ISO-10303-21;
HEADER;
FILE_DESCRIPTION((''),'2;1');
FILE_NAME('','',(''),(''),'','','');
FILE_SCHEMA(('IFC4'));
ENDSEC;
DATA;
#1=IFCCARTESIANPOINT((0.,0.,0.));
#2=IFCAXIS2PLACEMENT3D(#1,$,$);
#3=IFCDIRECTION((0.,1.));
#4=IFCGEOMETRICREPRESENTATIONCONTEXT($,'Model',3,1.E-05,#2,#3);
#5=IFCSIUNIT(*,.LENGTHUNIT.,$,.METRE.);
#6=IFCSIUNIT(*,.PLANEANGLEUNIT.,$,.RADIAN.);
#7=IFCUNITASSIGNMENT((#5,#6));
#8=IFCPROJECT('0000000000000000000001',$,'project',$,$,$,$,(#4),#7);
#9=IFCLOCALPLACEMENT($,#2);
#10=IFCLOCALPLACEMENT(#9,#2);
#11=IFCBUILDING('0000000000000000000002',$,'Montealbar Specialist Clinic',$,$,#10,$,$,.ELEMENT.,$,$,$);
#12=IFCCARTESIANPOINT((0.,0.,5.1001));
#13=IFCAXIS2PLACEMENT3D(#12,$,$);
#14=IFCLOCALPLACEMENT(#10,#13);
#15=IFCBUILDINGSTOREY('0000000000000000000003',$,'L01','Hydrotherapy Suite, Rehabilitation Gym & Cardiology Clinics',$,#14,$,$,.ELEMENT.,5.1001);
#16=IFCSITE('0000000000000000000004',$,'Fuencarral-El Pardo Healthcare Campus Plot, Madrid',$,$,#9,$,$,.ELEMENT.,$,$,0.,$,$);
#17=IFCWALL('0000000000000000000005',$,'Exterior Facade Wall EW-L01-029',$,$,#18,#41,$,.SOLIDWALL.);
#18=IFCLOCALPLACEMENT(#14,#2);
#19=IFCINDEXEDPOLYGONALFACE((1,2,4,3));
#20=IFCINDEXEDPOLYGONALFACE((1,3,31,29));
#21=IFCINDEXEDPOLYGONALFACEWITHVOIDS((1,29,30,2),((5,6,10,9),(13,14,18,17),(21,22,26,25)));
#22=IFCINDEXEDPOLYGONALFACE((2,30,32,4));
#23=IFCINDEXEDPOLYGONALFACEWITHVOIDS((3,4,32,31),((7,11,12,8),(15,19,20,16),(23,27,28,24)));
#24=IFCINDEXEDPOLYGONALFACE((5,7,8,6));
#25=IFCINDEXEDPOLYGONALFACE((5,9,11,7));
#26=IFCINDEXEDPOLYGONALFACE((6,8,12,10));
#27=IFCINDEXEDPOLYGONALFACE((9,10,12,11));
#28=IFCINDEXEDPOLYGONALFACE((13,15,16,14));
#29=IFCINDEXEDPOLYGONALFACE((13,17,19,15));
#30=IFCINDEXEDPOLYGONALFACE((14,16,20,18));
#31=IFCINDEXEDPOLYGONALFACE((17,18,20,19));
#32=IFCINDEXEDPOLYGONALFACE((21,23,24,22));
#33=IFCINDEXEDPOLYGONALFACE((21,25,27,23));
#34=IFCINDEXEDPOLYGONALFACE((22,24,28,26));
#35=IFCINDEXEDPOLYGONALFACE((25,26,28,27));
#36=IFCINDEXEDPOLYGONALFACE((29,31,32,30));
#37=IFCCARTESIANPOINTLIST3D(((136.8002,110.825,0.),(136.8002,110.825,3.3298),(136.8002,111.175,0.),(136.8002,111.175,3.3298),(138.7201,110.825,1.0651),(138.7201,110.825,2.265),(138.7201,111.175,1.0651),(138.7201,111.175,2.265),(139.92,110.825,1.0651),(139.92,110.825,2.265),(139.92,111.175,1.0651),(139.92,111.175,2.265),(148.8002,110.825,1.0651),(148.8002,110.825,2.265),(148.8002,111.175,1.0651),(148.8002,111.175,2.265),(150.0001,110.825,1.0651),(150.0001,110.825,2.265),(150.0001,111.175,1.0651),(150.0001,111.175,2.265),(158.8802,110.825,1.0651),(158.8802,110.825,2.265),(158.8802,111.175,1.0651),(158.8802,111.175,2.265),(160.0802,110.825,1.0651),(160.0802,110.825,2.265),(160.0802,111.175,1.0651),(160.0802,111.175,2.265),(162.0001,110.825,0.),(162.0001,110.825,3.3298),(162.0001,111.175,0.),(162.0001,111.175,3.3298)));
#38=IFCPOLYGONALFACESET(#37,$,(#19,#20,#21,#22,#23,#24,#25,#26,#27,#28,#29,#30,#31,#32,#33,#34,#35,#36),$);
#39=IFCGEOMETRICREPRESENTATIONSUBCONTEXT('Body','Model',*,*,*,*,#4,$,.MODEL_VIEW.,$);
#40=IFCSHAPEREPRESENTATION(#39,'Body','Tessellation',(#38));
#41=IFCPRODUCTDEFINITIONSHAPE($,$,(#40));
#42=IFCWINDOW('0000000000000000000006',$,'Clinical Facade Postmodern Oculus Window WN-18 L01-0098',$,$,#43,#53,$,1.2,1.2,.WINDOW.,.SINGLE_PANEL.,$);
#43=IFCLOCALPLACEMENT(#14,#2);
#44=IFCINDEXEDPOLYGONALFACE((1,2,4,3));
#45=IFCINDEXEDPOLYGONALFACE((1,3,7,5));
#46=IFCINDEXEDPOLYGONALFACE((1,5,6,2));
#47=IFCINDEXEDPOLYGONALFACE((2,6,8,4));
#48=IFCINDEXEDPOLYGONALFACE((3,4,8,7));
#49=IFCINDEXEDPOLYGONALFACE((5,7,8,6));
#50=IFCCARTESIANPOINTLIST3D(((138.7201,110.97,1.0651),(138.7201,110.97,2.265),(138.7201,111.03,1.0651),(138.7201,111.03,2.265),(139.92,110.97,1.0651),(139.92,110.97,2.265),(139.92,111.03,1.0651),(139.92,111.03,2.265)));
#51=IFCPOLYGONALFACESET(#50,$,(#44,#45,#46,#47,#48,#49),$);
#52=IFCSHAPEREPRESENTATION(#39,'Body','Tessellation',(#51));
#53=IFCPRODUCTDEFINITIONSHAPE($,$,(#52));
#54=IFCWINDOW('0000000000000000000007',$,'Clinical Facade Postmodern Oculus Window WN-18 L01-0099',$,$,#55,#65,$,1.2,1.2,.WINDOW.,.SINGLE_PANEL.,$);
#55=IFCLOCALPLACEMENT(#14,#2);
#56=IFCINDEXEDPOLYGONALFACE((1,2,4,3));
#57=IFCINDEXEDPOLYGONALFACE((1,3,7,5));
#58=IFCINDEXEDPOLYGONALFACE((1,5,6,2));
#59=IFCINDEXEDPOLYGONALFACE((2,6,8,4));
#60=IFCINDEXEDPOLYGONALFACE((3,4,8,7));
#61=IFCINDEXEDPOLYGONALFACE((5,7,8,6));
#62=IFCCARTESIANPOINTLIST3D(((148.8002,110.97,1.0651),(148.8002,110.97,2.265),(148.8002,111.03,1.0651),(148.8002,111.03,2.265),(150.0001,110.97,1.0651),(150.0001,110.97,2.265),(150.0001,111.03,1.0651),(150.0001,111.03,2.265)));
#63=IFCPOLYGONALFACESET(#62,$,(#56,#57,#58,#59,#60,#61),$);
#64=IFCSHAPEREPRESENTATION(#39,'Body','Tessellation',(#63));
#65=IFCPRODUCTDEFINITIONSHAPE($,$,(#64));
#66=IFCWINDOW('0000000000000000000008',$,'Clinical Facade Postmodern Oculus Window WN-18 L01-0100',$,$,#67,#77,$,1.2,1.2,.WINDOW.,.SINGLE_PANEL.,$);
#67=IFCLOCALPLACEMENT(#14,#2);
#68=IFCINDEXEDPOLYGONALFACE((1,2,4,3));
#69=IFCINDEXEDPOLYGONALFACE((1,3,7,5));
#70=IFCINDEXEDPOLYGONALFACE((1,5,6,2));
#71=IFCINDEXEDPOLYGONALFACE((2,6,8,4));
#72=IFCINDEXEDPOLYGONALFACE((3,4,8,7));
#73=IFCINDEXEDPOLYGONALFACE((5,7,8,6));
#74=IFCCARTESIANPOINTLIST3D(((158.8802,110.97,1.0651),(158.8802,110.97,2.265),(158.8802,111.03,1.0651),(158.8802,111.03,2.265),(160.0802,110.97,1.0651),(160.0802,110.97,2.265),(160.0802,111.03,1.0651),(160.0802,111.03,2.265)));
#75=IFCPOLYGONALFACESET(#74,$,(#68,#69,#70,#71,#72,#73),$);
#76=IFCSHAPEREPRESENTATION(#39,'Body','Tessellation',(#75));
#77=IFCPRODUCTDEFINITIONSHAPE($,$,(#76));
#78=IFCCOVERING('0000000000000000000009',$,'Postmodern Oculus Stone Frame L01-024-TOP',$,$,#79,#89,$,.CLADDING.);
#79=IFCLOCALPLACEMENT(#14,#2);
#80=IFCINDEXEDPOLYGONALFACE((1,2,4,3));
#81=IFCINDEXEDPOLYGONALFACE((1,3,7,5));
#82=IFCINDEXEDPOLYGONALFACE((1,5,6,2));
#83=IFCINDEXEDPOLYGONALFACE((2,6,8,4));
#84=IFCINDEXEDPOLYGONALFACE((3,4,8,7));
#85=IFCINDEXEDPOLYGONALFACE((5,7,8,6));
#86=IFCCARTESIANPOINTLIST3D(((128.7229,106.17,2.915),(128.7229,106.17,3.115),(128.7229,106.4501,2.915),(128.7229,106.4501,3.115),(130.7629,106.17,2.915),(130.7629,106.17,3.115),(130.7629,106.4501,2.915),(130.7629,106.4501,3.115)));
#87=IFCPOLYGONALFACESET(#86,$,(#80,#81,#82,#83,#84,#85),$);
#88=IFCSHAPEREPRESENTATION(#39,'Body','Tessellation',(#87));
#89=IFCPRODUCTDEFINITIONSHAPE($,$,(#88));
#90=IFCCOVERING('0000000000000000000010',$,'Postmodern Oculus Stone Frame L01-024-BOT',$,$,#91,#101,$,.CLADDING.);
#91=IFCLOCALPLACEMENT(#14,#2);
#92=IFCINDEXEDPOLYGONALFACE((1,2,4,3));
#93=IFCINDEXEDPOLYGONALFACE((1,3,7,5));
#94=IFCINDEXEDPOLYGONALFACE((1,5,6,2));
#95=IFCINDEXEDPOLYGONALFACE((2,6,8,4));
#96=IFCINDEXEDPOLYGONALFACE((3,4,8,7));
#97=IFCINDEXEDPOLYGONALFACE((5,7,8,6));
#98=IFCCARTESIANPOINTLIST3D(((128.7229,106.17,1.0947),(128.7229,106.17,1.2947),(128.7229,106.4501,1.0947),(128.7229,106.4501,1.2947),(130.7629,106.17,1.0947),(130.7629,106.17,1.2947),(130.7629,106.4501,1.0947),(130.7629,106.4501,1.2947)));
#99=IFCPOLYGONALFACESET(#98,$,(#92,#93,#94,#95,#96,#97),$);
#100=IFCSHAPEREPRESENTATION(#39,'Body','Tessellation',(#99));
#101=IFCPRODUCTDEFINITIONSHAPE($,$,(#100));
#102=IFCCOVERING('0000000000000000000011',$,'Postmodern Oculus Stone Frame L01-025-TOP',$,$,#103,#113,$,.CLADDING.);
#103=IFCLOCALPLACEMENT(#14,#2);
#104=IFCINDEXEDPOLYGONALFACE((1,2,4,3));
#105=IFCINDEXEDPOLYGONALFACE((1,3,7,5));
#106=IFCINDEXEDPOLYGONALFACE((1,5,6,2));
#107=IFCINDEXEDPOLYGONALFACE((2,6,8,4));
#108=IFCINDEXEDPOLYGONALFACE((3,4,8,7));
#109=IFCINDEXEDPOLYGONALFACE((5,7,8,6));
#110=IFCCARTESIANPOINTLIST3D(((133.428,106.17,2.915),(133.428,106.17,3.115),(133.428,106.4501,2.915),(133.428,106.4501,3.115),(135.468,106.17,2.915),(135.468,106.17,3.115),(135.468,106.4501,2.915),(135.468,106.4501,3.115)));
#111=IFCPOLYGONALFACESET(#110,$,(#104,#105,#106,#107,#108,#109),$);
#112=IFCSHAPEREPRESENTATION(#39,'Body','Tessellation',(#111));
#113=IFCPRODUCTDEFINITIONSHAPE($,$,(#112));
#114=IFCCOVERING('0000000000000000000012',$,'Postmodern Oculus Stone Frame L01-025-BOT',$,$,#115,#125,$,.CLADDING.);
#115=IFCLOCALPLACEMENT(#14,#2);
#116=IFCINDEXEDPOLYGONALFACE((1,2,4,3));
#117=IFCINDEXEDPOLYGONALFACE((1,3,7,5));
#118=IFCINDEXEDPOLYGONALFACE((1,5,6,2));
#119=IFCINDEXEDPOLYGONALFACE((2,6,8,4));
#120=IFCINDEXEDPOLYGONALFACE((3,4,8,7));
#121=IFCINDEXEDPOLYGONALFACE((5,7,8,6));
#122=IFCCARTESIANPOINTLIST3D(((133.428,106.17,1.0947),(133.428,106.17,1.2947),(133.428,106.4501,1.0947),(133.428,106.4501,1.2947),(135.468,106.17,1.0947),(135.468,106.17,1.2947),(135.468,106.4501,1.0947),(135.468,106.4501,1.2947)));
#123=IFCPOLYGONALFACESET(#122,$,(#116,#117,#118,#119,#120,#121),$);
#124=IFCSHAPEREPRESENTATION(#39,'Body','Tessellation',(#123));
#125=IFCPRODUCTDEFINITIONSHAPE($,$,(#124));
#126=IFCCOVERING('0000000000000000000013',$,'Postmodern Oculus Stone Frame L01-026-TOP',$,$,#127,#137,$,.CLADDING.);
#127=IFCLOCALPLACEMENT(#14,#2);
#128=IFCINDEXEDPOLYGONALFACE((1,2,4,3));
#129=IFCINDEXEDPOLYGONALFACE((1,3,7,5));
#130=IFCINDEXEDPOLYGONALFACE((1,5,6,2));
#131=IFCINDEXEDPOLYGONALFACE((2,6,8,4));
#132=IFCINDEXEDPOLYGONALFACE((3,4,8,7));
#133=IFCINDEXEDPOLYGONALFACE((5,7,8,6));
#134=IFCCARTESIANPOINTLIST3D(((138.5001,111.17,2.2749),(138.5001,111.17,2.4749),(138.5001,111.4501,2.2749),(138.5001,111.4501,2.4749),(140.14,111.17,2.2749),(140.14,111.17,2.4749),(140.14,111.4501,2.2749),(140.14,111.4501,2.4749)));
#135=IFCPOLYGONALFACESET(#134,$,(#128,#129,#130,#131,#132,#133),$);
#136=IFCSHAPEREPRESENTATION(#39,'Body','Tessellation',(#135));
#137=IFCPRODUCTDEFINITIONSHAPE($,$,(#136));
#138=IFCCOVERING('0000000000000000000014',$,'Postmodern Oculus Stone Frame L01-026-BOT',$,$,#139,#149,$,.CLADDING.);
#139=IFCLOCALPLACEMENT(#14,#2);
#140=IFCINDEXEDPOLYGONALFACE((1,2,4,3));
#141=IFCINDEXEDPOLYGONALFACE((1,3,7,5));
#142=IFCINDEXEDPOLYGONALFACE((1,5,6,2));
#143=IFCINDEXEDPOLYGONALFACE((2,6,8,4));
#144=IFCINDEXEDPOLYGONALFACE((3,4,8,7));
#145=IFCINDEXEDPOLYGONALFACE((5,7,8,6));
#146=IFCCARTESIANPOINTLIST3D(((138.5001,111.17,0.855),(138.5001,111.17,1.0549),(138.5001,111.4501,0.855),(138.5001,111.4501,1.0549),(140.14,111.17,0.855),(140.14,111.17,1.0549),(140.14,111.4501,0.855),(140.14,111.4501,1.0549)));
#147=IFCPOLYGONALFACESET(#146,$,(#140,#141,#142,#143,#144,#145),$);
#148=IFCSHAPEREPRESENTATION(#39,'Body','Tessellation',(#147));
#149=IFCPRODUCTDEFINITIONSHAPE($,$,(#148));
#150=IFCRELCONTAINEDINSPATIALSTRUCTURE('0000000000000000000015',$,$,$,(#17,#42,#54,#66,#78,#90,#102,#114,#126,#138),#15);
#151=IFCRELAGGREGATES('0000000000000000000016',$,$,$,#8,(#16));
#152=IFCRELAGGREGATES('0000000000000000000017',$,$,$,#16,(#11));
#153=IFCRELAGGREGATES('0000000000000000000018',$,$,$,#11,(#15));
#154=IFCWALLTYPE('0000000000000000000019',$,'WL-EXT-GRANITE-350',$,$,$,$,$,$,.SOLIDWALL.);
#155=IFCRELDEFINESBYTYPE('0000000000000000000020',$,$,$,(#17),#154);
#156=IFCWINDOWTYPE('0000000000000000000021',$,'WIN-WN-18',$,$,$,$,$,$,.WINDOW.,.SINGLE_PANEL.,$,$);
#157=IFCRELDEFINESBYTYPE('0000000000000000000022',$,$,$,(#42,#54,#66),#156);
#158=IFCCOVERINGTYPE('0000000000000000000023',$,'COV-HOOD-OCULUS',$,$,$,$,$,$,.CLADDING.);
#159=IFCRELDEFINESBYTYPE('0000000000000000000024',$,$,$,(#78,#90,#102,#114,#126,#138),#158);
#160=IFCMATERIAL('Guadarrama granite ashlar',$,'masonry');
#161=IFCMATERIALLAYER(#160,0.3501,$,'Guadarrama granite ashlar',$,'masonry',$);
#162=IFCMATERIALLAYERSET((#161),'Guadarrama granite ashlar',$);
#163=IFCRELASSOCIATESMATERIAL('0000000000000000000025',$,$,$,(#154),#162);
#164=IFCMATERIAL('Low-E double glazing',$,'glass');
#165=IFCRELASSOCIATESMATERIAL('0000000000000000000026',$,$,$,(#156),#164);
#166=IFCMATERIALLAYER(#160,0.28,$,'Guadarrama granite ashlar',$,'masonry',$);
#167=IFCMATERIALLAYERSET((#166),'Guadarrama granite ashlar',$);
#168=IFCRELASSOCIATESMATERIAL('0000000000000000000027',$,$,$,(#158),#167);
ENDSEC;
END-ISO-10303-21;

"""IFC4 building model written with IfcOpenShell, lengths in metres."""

from ifc_helpers import new_model, si_unit, direction, frame, frame_2d, origin, origin_2d, place, context, subcontext, project, spatial, rectangle, extrude, material, layer, layer_set, type_object, element, fill, save


model = new_model("IFC4")

# Units and contexts
model_context = context("Model", 3, precision=1e-05, world=origin(), true_north=direction((0.0, 1.0)))
body_context = subcontext(model_context, "Body", "Model", "MODEL_VIEW")
ifc_project = project(units=[si_unit("LENGTHUNIT", "METRE"), si_unit("PLANEANGLEUNIT", "RADIAN")], contexts=[model_context])

# Site, building, storey
site_placement = place(None, origin())
site = spatial("IfcSite", under=ifc_project, at=site_placement, Name="Fuencarral-El Pardo Healthcare Campus Plot, Madrid", CompositionType="ELEMENT", RefElevation=0.0)
building_placement = place(site_placement, origin())
building = spatial("IfcBuilding", under=site, at=building_placement, Name="Montealbar Specialist Clinic", CompositionType="ELEMENT")
storey_placement = place(building_placement, frame((0.0, 0.0, 5.1001)))
storey = spatial("IfcBuildingStorey", under=building, at=storey_placement, Name="L01", Description="Hydrotherapy Suite, Rehabilitation Gym & Cardiology Clinics", CompositionType="ELEMENT", Elevation=5.1001)

# Shared definitions
ifc_material_1 = material(Name="Guadarrama granite ashlar", Category="masonry")

# Shared definitions
ifc_layer_1 = layer(ifc_material_1, 0.3501, Name="Guadarrama granite ashlar", Category="masonry")
ifc_layer_set_1 = layer_set([ifc_layer_1], Name="Guadarrama granite ashlar")
wall_type = type_object("IfcWallType", Name="WL-EXT-GRANITE-350", PredefinedType="SOLIDWALL", material=ifc_layer_set_1)
ifc_material_2 = material(Name="Low-E double glazing", Category="glass")

# Wall, openings, windows
wall_1_placement = place(storey_placement, frame((136.8, 111.0, 0.0), z_axis=(0.0, 0.0, 1.0), x_axis=(1.0, 0.0, 0.0)))
wall_1 = element("IfcWall", 1, at=wall_1_placement, inside=storey, type_object=wall_type, Name="Exterior Facade Wall EW-L01-029", PredefinedType="SOLIDWALL", context=body_context, shape_type="SweptSolid", body=[
    extrude(rectangle(XDim=25.2, YDim=0.3501, at=frame_2d((12.6001, 0.0))), origin(), (0.0, 0.0, 1.0), 3.3298),
])
opening_1_placement = place(wall_1_placement, frame((1.9199, 0.0, 1.0649)))
opening_1 = element("IfcOpeningElement", 2, at=opening_1_placement, cuts=wall_1, PredefinedType="OPENING", context=body_context, shape_type="SweptSolid", body=[
    extrude(rectangle(XDim=1.2, YDim=1.2, at=frame_2d((0.6001, 0.6001))), frame((0.0, 0.1851, 0.0), z_axis=(0.0, -1.0, 0.0), x_axis=(1.0, 0.0, 0.0)), (0.0, 0.0, 1.0), 0.3701),
])
opening_2_placement = place(wall_1_placement, frame((12.0, 0.0, 1.0649)))
opening_2 = element("IfcOpeningElement", 3, at=opening_2_placement, cuts=wall_1, PredefinedType="OPENING", context=body_context, shape_type="SweptSolid", body=[
    extrude(rectangle(XDim=1.2, YDim=1.2, at=frame_2d((0.6001, 0.6001))), frame((0.0, 0.1851, 0.0), z_axis=(0.0, -1.0, 0.0), x_axis=(1.0, 0.0, 0.0)), (0.0, 0.0, 1.0), 0.3701),
])
opening_3_placement = place(wall_1_placement, frame((22.0801, 0.0, 1.0649)))
opening_3 = element("IfcOpeningElement", 4, at=opening_3_placement, cuts=wall_1, PredefinedType="OPENING", context=body_context, shape_type="SweptSolid", body=[
    extrude(rectangle(XDim=1.2, YDim=1.2, at=frame_2d((0.6001, 0.6001))), frame((0.0, 0.1851, 0.0), z_axis=(0.0, -1.0, 0.0), x_axis=(1.0, 0.0, 0.0)), (0.0, 0.0, 1.0), 0.3701),
])
window_type_1 = type_object("IfcWindowType", Name="WIN-WN-18", PartitioningType="SINGLE_PANEL", PredefinedType="WINDOW", material=ifc_material_2)
window_1_placement = place(opening_1_placement, origin())
window_1 = element("IfcWindow", 5, at=window_1_placement, inside=storey, type_object=window_type_1, Name="Clinical Facade Postmodern Oculus Window WN-18 L01-0098", OverallHeight=1.2, OverallWidth=1.2, PartitioningType="SINGLE_PANEL", PredefinedType="WINDOW", context=body_context, shape_type="SweptSolid", body=[
    extrude(rectangle(XDim=1.2, YDim=1.2, at=frame_2d((0.6001, 0.6001))), frame((0.0, 0.03, 0.0), z_axis=(0.0, -1.0, 0.0), x_axis=(1.0, 0.0, 0.0)), (0.0, 0.0, 1.0), 0.0601),
])
fill(opening_1, window_1)
window_2_placement = place(opening_2_placement, origin())
window_2 = element("IfcWindow", 6, at=window_2_placement, inside=storey, type_object=window_type_1, Name="Clinical Facade Postmodern Oculus Window WN-18 L01-0099", OverallHeight=1.2, OverallWidth=1.2, PartitioningType="SINGLE_PANEL", PredefinedType="WINDOW", context=body_context, shape_type="SweptSolid", body=[
    extrude(rectangle(XDim=1.2, YDim=1.2, at=frame_2d((0.6001, 0.6001))), frame((0.0, 0.03, 0.0), z_axis=(0.0, -1.0, 0.0), x_axis=(1.0, 0.0, 0.0)), (0.0, 0.0, 1.0), 0.0601),
])
fill(opening_2, window_2)
window_3_placement = place(opening_3_placement, origin())
window_3 = element("IfcWindow", 7, at=window_3_placement, inside=storey, type_object=window_type_1, Name="Clinical Facade Postmodern Oculus Window WN-18 L01-0100", OverallHeight=1.2, OverallWidth=1.2, PartitioningType="SINGLE_PANEL", PredefinedType="WINDOW", context=body_context, shape_type="SweptSolid", body=[
    extrude(rectangle(XDim=1.2, YDim=1.2, at=frame_2d((0.6001, 0.6001))), frame((0.0, 0.03, 0.0), z_axis=(0.0, -1.0, 0.0), x_axis=(1.0, 0.0, 0.0)), (0.0, 0.0, 1.0), 0.0601),
])
fill(opening_3, window_3)

# Coverings
ifc_layer_2 = layer(ifc_material_1, 0.28, Name="Guadarrama granite ashlar", Category="masonry")
ifc_layer_set_2 = layer_set([ifc_layer_2], Name="Guadarrama granite ashlar")
covering_type = type_object("IfcCoveringType", Name="COV-HOOD-OCULUS", PredefinedType="CLADDING", material=ifc_layer_set_2)
for number, where, z_axis, x_axis, name in (
    (8, (129.7429, 106.3101, 2.915), (0.0, 0.0, 1.0), (1.0, 0.0, 0.0), "Postmodern Oculus Stone Frame L01-024-TOP"),
    (9, (129.7429, 106.3101, 1.0947), (0.0, 0.0, 1.0), (1.0, 0.0, 0.0), "Postmodern Oculus Stone Frame L01-024-BOT"),
    (10, (134.448, 106.3101, 2.915), (0.0, 0.0, 1.0), (1.0, 0.0, 0.0), "Postmodern Oculus Stone Frame L01-025-TOP"),
    (11, (134.448, 106.3101, 1.0947), (0.0, 0.0, 1.0), (1.0, 0.0, 0.0), "Postmodern Oculus Stone Frame L01-025-BOT"),
):
    element("IfcCovering", number, at=place(storey_placement, frame(where, z_axis=z_axis, x_axis=x_axis)), inside=storey, type_object=covering_type, Name=name, PredefinedType="CLADDING", context=body_context, shape_type="SweptSolid", body=[
        extrude(rectangle(XDim=2.04, YDim=0.28, at=origin_2d()), origin(), (0.0, 0.0, 1.0), 0.2),
    ])
for number, where, z_axis, x_axis, name in (
    (12, (139.3201, 111.3101, 2.2749), (0.0, 0.0, 1.0), (1.0, 0.0, 0.0), "Postmodern Oculus Stone Frame L01-026-TOP"),
    (13, (139.3201, 111.3101, 0.855), (0.0, 0.0, 1.0), (1.0, 0.0, 0.0), "Postmodern Oculus Stone Frame L01-026-BOT"),
):
    element("IfcCovering", number, at=place(storey_placement, frame(where, z_axis=z_axis, x_axis=x_axis)), inside=storey, type_object=covering_type, Name=name, PredefinedType="CLADDING", context=body_context, shape_type="SweptSolid", body=[
        extrude(rectangle(XDim=1.6399, YDim=0.28, at=origin_2d()), origin(), (0.0, 0.0, 1.0), 0.2),
    ])

save(model, "model.ifc")
